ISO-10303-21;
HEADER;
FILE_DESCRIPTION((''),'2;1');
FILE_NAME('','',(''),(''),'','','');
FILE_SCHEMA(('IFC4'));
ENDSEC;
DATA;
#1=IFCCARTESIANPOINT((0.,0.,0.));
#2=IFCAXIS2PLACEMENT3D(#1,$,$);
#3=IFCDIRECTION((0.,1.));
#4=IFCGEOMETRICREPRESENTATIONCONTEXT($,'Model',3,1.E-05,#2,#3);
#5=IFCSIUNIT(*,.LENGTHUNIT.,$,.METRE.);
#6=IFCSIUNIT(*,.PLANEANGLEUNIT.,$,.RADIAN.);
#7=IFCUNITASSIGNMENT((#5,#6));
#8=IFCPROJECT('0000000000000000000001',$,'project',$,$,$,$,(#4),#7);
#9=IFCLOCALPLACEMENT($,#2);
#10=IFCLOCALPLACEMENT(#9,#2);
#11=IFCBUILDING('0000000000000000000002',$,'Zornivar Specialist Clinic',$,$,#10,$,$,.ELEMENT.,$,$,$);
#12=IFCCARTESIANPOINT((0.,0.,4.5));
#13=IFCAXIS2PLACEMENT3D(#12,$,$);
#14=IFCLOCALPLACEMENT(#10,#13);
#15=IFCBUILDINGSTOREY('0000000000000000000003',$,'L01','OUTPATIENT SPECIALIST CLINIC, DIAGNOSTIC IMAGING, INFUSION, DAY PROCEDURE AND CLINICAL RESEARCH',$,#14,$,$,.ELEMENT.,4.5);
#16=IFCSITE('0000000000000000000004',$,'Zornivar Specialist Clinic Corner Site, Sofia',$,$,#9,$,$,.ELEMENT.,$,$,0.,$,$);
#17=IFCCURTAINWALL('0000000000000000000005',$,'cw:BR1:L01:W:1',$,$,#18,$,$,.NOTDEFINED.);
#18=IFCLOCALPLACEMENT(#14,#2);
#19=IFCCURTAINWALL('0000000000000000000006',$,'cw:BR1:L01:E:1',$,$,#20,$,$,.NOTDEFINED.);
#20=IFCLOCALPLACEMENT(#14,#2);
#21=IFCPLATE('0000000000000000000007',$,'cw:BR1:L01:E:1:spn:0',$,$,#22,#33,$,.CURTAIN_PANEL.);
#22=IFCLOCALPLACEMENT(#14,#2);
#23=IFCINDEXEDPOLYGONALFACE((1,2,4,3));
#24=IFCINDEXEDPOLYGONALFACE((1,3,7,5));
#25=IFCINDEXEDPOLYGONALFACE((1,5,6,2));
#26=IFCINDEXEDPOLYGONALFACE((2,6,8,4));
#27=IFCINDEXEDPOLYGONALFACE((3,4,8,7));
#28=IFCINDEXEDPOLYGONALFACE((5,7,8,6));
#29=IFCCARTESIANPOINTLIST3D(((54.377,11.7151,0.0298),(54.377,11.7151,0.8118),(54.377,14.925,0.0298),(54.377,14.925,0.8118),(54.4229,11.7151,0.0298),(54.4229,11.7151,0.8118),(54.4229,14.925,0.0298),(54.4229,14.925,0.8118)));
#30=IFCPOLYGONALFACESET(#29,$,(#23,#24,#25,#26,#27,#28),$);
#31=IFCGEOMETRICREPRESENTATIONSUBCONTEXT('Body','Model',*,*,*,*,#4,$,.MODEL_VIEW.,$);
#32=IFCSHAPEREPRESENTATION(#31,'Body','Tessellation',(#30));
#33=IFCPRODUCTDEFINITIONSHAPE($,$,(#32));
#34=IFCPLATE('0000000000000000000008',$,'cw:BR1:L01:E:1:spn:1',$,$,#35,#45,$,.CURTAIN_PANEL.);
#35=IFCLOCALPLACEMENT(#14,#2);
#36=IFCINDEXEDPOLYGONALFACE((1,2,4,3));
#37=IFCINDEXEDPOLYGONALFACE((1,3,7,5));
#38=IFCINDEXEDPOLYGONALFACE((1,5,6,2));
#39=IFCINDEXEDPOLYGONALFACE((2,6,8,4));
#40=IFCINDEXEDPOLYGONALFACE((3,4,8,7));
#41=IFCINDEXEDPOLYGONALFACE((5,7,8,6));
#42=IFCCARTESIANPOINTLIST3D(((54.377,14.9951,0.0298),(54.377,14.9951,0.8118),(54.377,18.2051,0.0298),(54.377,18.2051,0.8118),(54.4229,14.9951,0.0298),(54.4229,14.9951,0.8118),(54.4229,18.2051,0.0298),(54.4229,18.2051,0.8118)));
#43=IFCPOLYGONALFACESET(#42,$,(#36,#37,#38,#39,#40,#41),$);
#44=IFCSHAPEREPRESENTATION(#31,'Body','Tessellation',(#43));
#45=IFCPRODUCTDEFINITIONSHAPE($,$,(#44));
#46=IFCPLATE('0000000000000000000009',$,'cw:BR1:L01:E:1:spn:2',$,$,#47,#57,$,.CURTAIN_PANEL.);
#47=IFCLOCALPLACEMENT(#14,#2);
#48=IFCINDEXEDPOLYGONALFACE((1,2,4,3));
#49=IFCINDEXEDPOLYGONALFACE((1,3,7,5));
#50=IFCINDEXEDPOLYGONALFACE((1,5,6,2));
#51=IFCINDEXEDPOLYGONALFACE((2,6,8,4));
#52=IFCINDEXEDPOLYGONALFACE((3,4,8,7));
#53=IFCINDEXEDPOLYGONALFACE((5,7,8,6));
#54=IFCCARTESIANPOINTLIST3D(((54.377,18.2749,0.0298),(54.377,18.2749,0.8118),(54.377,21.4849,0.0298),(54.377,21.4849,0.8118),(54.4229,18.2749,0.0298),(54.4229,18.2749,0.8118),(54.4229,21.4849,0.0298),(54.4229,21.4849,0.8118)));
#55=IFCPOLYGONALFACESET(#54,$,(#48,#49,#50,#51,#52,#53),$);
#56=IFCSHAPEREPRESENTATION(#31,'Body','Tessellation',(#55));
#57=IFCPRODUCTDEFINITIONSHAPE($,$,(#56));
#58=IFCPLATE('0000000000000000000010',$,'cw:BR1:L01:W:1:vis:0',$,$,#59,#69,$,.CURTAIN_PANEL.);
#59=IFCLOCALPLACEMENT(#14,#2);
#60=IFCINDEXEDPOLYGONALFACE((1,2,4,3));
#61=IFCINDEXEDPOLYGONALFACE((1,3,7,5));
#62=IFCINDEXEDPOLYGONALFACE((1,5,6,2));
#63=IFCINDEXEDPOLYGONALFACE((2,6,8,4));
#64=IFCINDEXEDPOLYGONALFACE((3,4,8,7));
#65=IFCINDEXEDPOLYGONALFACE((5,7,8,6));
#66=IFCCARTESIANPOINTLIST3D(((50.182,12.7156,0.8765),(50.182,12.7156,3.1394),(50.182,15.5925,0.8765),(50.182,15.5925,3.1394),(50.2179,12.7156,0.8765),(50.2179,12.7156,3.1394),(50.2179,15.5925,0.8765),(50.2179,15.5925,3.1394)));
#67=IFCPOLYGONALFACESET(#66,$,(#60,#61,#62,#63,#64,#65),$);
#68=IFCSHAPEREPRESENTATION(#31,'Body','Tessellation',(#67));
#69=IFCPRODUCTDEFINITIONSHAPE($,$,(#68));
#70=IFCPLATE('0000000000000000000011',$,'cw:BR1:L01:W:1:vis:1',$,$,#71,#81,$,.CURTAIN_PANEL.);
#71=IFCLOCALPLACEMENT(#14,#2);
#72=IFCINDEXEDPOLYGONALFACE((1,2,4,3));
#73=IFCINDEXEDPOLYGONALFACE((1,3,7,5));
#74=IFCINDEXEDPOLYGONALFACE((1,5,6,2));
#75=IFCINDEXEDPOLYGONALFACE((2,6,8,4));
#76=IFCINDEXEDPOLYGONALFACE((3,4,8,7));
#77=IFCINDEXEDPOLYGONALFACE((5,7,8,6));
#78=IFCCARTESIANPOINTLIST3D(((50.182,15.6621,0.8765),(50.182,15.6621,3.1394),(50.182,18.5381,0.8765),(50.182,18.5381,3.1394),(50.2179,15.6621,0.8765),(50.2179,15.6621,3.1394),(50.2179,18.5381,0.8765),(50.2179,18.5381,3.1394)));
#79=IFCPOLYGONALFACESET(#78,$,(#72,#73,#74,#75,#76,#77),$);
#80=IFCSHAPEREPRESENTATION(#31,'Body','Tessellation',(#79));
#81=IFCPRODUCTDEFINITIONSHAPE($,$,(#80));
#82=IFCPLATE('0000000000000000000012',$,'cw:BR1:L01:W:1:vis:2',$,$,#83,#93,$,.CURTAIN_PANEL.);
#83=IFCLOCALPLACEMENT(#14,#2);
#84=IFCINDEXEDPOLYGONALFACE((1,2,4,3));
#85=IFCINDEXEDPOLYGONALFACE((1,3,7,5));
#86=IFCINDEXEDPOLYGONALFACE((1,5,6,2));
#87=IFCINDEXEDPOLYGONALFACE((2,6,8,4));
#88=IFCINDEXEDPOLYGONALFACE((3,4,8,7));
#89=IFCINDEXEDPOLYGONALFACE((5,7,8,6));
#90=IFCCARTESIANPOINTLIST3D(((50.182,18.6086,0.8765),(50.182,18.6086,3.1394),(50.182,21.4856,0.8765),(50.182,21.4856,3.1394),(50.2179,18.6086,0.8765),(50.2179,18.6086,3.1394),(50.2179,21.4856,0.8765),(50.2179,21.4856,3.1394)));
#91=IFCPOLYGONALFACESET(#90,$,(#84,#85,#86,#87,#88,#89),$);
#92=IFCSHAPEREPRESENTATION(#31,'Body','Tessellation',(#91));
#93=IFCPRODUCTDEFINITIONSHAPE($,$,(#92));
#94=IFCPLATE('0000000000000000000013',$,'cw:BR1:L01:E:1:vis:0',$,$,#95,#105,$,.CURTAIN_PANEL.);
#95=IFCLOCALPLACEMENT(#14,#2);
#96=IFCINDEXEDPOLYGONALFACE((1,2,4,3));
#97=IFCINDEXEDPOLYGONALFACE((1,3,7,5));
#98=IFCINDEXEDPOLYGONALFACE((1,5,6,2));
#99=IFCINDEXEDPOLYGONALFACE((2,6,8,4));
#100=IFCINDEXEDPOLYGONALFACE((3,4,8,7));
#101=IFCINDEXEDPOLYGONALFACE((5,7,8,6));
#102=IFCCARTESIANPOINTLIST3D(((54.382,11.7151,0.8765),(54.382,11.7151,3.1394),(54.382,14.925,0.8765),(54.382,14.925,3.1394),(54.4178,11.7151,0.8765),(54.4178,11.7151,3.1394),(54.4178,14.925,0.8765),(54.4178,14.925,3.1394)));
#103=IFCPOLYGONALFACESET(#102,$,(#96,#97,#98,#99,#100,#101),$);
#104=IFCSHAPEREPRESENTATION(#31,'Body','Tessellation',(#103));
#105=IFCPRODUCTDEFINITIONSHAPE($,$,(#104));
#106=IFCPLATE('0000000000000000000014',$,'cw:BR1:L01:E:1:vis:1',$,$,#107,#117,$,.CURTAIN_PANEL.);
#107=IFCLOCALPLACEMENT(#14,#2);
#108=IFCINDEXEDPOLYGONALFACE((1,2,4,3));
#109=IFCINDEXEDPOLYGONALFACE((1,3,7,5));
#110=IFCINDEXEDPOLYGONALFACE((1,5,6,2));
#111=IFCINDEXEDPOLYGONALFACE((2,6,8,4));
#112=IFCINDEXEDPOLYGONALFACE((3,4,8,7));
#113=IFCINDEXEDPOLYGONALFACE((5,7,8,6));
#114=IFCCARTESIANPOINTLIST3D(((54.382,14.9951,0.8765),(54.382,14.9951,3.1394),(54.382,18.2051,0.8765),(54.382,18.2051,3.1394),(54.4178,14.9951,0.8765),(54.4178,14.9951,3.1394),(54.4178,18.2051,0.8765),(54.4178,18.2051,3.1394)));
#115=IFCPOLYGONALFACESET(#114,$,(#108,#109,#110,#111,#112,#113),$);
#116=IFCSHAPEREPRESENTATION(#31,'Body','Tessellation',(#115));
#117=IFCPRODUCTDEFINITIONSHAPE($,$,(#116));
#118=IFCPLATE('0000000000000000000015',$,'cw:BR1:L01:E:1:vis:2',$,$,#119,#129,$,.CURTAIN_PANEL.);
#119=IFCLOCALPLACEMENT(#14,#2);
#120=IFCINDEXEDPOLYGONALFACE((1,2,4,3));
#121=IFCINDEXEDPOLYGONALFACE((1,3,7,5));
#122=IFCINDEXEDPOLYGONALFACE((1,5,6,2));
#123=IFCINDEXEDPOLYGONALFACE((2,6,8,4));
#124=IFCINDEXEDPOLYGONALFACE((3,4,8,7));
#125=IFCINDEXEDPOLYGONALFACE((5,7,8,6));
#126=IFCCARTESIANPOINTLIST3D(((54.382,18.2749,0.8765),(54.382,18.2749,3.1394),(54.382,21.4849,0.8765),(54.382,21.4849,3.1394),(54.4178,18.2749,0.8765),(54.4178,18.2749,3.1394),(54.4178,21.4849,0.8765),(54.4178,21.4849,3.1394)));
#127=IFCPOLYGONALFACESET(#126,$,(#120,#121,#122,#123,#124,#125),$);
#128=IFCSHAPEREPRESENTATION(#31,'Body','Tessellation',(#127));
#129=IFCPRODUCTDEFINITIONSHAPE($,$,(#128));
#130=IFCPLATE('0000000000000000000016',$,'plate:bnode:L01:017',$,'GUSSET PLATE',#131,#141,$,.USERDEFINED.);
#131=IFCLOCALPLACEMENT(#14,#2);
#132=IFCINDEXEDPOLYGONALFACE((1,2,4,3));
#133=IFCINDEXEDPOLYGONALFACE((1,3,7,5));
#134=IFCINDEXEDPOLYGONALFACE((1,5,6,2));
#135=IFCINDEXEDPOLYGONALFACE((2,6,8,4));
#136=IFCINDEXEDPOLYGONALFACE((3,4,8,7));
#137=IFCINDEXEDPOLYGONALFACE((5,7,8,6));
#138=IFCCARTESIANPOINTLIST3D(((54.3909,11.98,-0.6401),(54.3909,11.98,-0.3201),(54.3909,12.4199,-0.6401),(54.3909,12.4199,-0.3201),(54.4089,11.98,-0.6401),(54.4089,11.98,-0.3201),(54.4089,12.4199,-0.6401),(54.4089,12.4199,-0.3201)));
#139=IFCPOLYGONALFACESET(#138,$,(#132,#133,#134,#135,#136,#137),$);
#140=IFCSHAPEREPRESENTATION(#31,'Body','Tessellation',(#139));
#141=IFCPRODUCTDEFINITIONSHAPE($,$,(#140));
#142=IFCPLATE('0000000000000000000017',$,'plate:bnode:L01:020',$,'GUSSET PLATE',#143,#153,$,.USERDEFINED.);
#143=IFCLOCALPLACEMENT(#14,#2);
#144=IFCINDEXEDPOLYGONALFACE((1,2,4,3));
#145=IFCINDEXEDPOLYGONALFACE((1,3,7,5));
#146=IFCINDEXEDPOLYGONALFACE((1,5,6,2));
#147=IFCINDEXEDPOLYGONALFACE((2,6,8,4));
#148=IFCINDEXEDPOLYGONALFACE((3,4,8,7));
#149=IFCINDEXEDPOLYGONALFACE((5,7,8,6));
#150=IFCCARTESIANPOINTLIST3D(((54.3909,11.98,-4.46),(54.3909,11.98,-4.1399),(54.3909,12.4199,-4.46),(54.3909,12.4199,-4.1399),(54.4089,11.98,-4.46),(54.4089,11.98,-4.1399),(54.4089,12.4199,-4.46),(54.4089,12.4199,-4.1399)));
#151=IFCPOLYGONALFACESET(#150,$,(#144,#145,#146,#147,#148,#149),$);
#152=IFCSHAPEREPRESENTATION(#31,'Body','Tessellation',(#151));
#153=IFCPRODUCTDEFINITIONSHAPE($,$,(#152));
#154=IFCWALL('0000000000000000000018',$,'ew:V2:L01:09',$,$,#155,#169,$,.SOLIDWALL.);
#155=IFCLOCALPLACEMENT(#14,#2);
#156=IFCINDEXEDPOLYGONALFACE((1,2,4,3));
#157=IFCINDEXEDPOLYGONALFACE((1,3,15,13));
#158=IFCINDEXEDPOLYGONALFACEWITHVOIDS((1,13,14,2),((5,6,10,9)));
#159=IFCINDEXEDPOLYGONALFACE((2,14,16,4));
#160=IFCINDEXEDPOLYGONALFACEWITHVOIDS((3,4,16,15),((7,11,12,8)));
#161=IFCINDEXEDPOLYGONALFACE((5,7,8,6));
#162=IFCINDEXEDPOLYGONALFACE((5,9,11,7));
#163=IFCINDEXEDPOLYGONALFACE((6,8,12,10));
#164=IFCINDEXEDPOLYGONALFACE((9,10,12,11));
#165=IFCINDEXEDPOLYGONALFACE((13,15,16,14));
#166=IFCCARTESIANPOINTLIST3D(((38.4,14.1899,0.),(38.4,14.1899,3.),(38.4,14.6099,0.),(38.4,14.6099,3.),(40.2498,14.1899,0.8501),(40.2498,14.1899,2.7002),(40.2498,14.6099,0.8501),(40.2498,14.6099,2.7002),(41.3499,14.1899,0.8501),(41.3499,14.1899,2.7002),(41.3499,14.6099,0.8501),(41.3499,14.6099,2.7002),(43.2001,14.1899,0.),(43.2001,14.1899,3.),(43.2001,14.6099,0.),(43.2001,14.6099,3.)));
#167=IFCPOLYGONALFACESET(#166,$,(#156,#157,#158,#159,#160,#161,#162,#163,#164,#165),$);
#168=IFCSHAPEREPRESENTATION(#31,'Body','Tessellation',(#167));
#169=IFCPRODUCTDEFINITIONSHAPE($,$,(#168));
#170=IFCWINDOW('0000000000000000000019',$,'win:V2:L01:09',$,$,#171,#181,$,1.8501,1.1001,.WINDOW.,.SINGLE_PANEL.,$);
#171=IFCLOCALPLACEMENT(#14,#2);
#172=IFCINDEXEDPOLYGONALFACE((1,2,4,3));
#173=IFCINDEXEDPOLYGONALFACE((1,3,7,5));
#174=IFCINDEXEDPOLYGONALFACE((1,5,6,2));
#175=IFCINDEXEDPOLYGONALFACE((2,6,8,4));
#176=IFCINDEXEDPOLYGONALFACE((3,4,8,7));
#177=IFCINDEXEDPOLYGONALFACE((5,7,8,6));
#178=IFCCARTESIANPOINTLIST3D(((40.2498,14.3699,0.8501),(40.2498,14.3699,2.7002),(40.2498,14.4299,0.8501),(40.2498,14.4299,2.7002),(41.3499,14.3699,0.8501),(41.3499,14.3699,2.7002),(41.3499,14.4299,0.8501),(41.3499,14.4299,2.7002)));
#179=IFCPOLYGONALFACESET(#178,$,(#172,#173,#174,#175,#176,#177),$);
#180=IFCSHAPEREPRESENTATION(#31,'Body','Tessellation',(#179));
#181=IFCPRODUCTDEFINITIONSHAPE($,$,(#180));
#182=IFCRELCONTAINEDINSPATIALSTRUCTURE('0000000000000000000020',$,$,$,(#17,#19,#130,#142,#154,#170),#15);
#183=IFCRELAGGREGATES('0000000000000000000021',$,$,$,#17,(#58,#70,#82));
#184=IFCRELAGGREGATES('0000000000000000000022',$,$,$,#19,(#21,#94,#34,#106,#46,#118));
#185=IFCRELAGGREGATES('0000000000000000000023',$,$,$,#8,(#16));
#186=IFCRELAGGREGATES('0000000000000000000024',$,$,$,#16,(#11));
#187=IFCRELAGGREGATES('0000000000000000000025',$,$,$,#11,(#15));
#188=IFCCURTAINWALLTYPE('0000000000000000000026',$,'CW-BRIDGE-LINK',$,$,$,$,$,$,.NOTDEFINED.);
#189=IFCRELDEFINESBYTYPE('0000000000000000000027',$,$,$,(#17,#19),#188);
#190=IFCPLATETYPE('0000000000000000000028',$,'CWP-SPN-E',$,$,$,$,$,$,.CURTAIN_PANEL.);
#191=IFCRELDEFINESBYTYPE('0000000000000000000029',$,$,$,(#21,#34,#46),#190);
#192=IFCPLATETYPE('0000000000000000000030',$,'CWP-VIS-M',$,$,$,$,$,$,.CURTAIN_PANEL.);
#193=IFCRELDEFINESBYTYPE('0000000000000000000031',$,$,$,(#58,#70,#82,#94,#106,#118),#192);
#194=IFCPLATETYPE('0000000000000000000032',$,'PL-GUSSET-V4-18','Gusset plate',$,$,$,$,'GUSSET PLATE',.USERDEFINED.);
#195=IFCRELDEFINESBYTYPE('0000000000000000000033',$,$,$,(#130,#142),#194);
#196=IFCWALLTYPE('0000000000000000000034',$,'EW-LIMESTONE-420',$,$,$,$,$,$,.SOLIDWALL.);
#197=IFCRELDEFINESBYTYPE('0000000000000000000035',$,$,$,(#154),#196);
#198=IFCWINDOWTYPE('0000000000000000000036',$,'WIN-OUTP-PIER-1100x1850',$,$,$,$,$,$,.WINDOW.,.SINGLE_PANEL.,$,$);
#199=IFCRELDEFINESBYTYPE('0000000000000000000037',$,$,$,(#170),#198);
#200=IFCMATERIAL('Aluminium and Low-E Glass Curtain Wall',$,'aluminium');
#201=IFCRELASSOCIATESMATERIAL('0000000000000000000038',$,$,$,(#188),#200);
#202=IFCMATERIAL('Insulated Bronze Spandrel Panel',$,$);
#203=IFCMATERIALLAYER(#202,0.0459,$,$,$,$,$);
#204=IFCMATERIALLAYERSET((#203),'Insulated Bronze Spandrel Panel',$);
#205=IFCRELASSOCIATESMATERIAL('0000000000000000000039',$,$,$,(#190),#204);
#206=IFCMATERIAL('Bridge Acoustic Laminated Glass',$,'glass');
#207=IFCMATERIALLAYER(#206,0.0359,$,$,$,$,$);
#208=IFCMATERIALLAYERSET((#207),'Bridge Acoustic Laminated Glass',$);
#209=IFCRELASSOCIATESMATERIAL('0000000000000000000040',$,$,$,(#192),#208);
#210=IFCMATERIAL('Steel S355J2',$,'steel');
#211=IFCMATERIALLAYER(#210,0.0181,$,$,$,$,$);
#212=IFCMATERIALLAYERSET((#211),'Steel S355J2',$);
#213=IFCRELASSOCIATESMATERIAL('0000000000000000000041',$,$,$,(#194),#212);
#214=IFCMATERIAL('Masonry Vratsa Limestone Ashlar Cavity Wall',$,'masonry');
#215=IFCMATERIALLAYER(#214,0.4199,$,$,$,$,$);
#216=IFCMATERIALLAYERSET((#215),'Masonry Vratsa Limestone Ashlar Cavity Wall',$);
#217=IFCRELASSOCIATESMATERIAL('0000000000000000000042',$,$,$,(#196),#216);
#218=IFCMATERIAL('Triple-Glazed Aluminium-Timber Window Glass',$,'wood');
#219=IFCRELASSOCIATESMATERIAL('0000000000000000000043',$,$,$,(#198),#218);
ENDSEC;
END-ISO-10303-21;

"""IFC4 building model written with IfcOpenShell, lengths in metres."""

from ifc_helpers import new_model, si_unit, direction, frame, frame_2d, origin, origin_2d, place, context, subcontext, project, spatial, rectangle, extrude, material, layer, layer_set, type_object, element, fill, aggregate, save


model = new_model("IFC4")

# Units and contexts
model_context = context("Model", 3, precision=1e-05, world=origin(), true_north=direction((0.0, 1.0)))
body_context = subcontext(model_context, "Body", "Model", "MODEL_VIEW")
ifc_project = project(units=[si_unit("LENGTHUNIT", "METRE"), si_unit("PLANEANGLEUNIT", "RADIAN")], contexts=[model_context])

# Site, building, storey
site_placement = place(None, origin())
site = spatial("IfcSite", under=ifc_project, at=site_placement, Name="Zornivar Specialist Clinic Corner Site, Sofia", CompositionType="ELEMENT", RefElevation=0.0)
building_placement = place(site_placement, origin())
building = spatial("IfcBuilding", under=site, at=building_placement, Name="Zornivar Specialist Clinic", CompositionType="ELEMENT")
storey_placement = place(building_placement, frame((0.0, 0.0, 4.5)))
storey = spatial("IfcBuildingStorey", under=building, at=storey_placement, Name="L01", Description="OUTPATIENT SPECIALIST CLINIC, DIAGNOSTIC IMAGING, INFUSION, DAY PROCEDURE AND CLINICAL RESEARCH", CompositionType="ELEMENT", Elevation=4.5)

# Curtain walls
ifc_material_1 = material(Name="Aluminium and Low-E Glass Curtain Wall", Category="aluminium")
curtain_wall_type = type_object("IfcCurtainWallType", Name="CW-BRIDGE-LINK", PredefinedType="NOTDEFINED", material=ifc_material_1)
curtain_wall_1_placement = place(storey_placement, origin())
curtain_wall_1 = element("IfcCurtainWall", 1, at=curtain_wall_1_placement, inside=storey, type_object=curtain_wall_type, Name="cw:BR1:L01:W:1", PredefinedType="NOTDEFINED")
curtain_wall_2_placement = place(storey_placement, origin())
curtain_wall_2 = element("IfcCurtainWall", 2, at=curtain_wall_2_placement, inside=storey, type_object=curtain_wall_type, Name="cw:BR1:L01:E:1", PredefinedType="NOTDEFINED")

# Plates
ifc_material_2 = material(Name="Insulated Bronze Spandrel Panel")
ifc_layer_1 = layer(ifc_material_2, 0.0459)
ifc_layer_set_1 = layer_set([ifc_layer_1], Name="Insulated Bronze Spandrel Panel")
plate_type_1 = type_object("IfcPlateType", Name="CWP-SPN-E", PredefinedType="CURTAIN_PANEL", material=ifc_layer_set_1)
plate_1_placement = place(storey_placement, frame((54.3999, 13.3201, 0.0298), z_axis=(0.0, 0.0, 1.0), x_axis=(0.0, 1.0, 0.0)))
plate_1 = element("IfcPlate", 3, at=plate_1_placement, type_object=plate_type_1, Name="cw:BR1:L01:E:1:spn:0", PredefinedType="CURTAIN_PANEL", context=body_context, shape_type="SweptSolid", body=[
    extrude(rectangle(XDim=3.21, YDim=0.0459, at=origin_2d()), origin(), (0.0, 0.0, 1.0), 0.782),
])
plate_2_placement = place(storey_placement, frame((54.3999, 16.6001, 0.0298), z_axis=(0.0, 0.0, 1.0), x_axis=(0.0, 1.0, 0.0)))
plate_2 = element("IfcPlate", 4, at=plate_2_placement, type_object=plate_type_1, Name="cw:BR1:L01:E:1:spn:1", PredefinedType="CURTAIN_PANEL", context=body_context, shape_type="SweptSolid", body=[
    extrude(rectangle(XDim=3.21, YDim=0.0459, at=origin_2d()), origin(), (0.0, 0.0, 1.0), 0.782),
])
plate_3_placement = place(storey_placement, frame((54.3999, 19.8799, 0.0298), z_axis=(0.0, 0.0, 1.0), x_axis=(0.0, 1.0, 0.0)))
plate_3 = element("IfcPlate", 5, at=plate_3_placement, type_object=plate_type_1, Name="cw:BR1:L01:E:1:spn:2", PredefinedType="CURTAIN_PANEL", context=body_context, shape_type="SweptSolid", body=[
    extrude(rectangle(XDim=3.21, YDim=0.0459, at=origin_2d()), origin(), (0.0, 0.0, 1.0), 0.782),
])
ifc_material_3 = material(Name="Bridge Acoustic Laminated Glass", Category="glass")
ifc_layer_2 = layer(ifc_material_3, 0.0359)
ifc_layer_set_2 = layer_set([ifc_layer_2], Name="Bridge Acoustic Laminated Glass")
plate_type_2 = type_object("IfcPlateType", Name="CWP-VIS-M", PredefinedType="CURTAIN_PANEL", material=ifc_layer_set_2)
plate_4_placement = place(storey_placement, frame((50.2, 14.1541, 0.8765), z_axis=(0.0, 0.0, 1.0), x_axis=(0.0, 1.0, 0.0)))
plate_4 = element("IfcPlate", 6, at=plate_4_placement, type_object=plate_type_2, Name="cw:BR1:L01:W:1:vis:0", PredefinedType="CURTAIN_PANEL", context=body_context, shape_type="SweptSolid", body=[
    extrude(rectangle(XDim=2.877, YDim=0.0359, at=origin_2d()), origin(), (0.0, 0.0, 1.0), 2.2629),
])
plate_5_placement = place(storey_placement, frame((50.2, 17.1001, 0.8765), z_axis=(0.0, 0.0, 1.0), x_axis=(0.0, 1.0, 0.0)))
plate_5 = element("IfcPlate", 7, at=plate_5_placement, type_object=plate_type_2, Name="cw:BR1:L01:W:1:vis:1", PredefinedType="CURTAIN_PANEL", context=body_context, shape_type="SweptSolid", body=[
    extrude(rectangle(XDim=2.876, YDim=0.0359, at=origin_2d()), origin(), (0.0, 0.0, 1.0), 2.2629),
])
plate_6_placement = place(storey_placement, frame((50.2, 20.0471, 0.8765), z_axis=(0.0, 0.0, 1.0), x_axis=(0.0, 1.0, 0.0)))
plate_6 = element("IfcPlate", 8, at=plate_6_placement, type_object=plate_type_2, Name="cw:BR1:L01:W:1:vis:2", PredefinedType="CURTAIN_PANEL", context=body_context, shape_type="SweptSolid", body=[
    extrude(rectangle(XDim=2.877, YDim=0.0359, at=origin_2d()), origin(), (0.0, 0.0, 1.0), 2.2629),
])
aggregate(curtain_wall_1, [plate_4, plate_5, plate_6])
plate_7_placement = place(storey_placement, frame((54.3999, 13.3201, 0.8765), z_axis=(0.0, 0.0, 1.0), x_axis=(0.0, 1.0, 0.0)))
plate_7 = element("IfcPlate", 9, at=plate_7_placement, type_object=plate_type_2, Name="cw:BR1:L01:E:1:vis:0", PredefinedType="CURTAIN_PANEL", context=body_context, shape_type="SweptSolid", body=[
    extrude(rectangle(XDim=3.21, YDim=0.0359, at=origin_2d()), origin(), (0.0, 0.0, 1.0), 2.2629),
])
plate_8_placement = place(storey_placement, frame((54.3999, 16.6001, 0.8765), z_axis=(0.0, 0.0, 1.0), x_axis=(0.0, 1.0, 0.0)))
plate_8 = element("IfcPlate", 10, at=plate_8_placement, type_object=plate_type_2, Name="cw:BR1:L01:E:1:vis:1", PredefinedType="CURTAIN_PANEL", context=body_context, shape_type="SweptSolid", body=[
    extrude(rectangle(XDim=3.21, YDim=0.0359, at=origin_2d()), origin(), (0.0, 0.0, 1.0), 2.2629),
])
plate_9_placement = place(storey_placement, frame((54.3999, 19.8799, 0.8765), z_axis=(0.0, 0.0, 1.0), x_axis=(0.0, 1.0, 0.0)))
plate_9 = element("IfcPlate", 11, at=plate_9_placement, type_object=plate_type_2, Name="cw:BR1:L01:E:1:vis:2", PredefinedType="CURTAIN_PANEL", context=body_context, shape_type="SweptSolid", body=[
    extrude(rectangle(XDim=3.21, YDim=0.0359, at=origin_2d()), origin(), (0.0, 0.0, 1.0), 2.2629),
])
aggregate(curtain_wall_2, [plate_1, plate_7, plate_2, plate_8, plate_3, plate_9])

# Plates
ifc_material_4 = material(Name="Steel S355J2", Category="steel")
ifc_layer_3 = layer(ifc_material_4, 0.0181)
ifc_layer_set_3 = layer_set([ifc_layer_3], Name="Steel S355J2")
plate_type_3 = type_object("IfcPlateType", Name="PL-GUSSET-V4-18", Description="Gusset plate", ElementType="GUSSET PLATE", PredefinedType="USERDEFINED", material=ifc_layer_set_3)
for number, where, z_axis, x_axis, name in (
    (12, (54.3999, 12.2, -0.6401), (0.0, 0.0, 1.0), (0.0, 1.0, 0.0), "plate:bnode:L01:017"),
    (13, (54.3999, 12.2, -4.46), (0.0, 0.0, 1.0), (0.0, 1.0, 0.0), "plate:bnode:L01:020"),
):
    element("IfcPlate", number, at=place(storey_placement, frame(where, z_axis=z_axis, x_axis=x_axis)), inside=storey, type_object=plate_type_3, Name=name, ObjectType="GUSSET PLATE", PredefinedType="USERDEFINED", context=body_context, shape_type="SweptSolid", body=[
        extrude(rectangle(XDim=0.4399, YDim=0.0181, at=origin_2d()), origin(), (0.0, 0.0, 1.0), 0.3201),
    ])

# Wall, opening, window
ifc_material_5 = material(Name="Masonry Vratsa Limestone Ashlar Cavity Wall", Category="masonry")
ifc_layer_4 = layer(ifc_material_5, 0.4199)
ifc_layer_set_4 = layer_set([ifc_layer_4], Name="Masonry Vratsa Limestone Ashlar Cavity Wall")
wall_type = type_object("IfcWallType", Name="EW-LIMESTONE-420", PredefinedType="SOLIDWALL", material=ifc_layer_set_4)
wall_placement = place(storey_placement, frame((43.2, 14.3999, 0.0), z_axis=(0.0, 0.0, 1.0), x_axis=(-1.0, 0.0, 0.0)))
wall = element("IfcWall", 14, at=wall_placement, inside=storey, type_object=wall_type, Name="ew:V2:L01:09", PredefinedType="SOLIDWALL", context=body_context, shape_type="SweptSolid", body=[
    extrude(rectangle(XDim=4.8, YDim=0.4199, at=frame_2d((2.3999, 0.0))), origin(), (0.0, 0.0, 1.0), 3.0),
])
opening_placement = place(wall_placement, frame((1.8501, 0.0, 0.8501)))
opening = element("IfcOpeningElement", 15, at=opening_placement, cuts=wall, PredefinedType="OPENING", context=body_context, shape_type="SweptSolid", body=[
    extrude(rectangle(XDim=1.1001, YDim=1.8501, at=frame_2d((0.55, 0.925))), frame((0.0, 0.22, 0.0), z_axis=(0.0, -1.0, 0.0), x_axis=(1.0, 0.0, 0.0)), (0.0, 0.0, 1.0), 0.4399),
])
ifc_material_6 = material(Name="Triple-Glazed Aluminium-Timber Window Glass", Category="wood")
window_type = type_object("IfcWindowType", Name="WIN-OUTP-PIER-1100x1850", PartitioningType="SINGLE_PANEL", PredefinedType="WINDOW", material=ifc_material_6)
window_placement = place(opening_placement, origin())
window = element("IfcWindow", 16, at=window_placement, inside=storey, type_object=window_type, Name="win:V2:L01:09", OverallHeight=1.8501, OverallWidth=1.1001, PartitioningType="SINGLE_PANEL", PredefinedType="WINDOW", context=body_context, shape_type="SweptSolid", body=[
    extrude(rectangle(XDim=1.1001, YDim=1.8501, at=frame_2d((0.55, 0.925))), frame((0.0, 0.03, 0.0), z_axis=(0.0, -1.0, 0.0), x_axis=(1.0, 0.0, 0.0)), (0.0, 0.0, 1.0), 0.0601),
])
fill(opening, window)

save(model, "model.ifc")
